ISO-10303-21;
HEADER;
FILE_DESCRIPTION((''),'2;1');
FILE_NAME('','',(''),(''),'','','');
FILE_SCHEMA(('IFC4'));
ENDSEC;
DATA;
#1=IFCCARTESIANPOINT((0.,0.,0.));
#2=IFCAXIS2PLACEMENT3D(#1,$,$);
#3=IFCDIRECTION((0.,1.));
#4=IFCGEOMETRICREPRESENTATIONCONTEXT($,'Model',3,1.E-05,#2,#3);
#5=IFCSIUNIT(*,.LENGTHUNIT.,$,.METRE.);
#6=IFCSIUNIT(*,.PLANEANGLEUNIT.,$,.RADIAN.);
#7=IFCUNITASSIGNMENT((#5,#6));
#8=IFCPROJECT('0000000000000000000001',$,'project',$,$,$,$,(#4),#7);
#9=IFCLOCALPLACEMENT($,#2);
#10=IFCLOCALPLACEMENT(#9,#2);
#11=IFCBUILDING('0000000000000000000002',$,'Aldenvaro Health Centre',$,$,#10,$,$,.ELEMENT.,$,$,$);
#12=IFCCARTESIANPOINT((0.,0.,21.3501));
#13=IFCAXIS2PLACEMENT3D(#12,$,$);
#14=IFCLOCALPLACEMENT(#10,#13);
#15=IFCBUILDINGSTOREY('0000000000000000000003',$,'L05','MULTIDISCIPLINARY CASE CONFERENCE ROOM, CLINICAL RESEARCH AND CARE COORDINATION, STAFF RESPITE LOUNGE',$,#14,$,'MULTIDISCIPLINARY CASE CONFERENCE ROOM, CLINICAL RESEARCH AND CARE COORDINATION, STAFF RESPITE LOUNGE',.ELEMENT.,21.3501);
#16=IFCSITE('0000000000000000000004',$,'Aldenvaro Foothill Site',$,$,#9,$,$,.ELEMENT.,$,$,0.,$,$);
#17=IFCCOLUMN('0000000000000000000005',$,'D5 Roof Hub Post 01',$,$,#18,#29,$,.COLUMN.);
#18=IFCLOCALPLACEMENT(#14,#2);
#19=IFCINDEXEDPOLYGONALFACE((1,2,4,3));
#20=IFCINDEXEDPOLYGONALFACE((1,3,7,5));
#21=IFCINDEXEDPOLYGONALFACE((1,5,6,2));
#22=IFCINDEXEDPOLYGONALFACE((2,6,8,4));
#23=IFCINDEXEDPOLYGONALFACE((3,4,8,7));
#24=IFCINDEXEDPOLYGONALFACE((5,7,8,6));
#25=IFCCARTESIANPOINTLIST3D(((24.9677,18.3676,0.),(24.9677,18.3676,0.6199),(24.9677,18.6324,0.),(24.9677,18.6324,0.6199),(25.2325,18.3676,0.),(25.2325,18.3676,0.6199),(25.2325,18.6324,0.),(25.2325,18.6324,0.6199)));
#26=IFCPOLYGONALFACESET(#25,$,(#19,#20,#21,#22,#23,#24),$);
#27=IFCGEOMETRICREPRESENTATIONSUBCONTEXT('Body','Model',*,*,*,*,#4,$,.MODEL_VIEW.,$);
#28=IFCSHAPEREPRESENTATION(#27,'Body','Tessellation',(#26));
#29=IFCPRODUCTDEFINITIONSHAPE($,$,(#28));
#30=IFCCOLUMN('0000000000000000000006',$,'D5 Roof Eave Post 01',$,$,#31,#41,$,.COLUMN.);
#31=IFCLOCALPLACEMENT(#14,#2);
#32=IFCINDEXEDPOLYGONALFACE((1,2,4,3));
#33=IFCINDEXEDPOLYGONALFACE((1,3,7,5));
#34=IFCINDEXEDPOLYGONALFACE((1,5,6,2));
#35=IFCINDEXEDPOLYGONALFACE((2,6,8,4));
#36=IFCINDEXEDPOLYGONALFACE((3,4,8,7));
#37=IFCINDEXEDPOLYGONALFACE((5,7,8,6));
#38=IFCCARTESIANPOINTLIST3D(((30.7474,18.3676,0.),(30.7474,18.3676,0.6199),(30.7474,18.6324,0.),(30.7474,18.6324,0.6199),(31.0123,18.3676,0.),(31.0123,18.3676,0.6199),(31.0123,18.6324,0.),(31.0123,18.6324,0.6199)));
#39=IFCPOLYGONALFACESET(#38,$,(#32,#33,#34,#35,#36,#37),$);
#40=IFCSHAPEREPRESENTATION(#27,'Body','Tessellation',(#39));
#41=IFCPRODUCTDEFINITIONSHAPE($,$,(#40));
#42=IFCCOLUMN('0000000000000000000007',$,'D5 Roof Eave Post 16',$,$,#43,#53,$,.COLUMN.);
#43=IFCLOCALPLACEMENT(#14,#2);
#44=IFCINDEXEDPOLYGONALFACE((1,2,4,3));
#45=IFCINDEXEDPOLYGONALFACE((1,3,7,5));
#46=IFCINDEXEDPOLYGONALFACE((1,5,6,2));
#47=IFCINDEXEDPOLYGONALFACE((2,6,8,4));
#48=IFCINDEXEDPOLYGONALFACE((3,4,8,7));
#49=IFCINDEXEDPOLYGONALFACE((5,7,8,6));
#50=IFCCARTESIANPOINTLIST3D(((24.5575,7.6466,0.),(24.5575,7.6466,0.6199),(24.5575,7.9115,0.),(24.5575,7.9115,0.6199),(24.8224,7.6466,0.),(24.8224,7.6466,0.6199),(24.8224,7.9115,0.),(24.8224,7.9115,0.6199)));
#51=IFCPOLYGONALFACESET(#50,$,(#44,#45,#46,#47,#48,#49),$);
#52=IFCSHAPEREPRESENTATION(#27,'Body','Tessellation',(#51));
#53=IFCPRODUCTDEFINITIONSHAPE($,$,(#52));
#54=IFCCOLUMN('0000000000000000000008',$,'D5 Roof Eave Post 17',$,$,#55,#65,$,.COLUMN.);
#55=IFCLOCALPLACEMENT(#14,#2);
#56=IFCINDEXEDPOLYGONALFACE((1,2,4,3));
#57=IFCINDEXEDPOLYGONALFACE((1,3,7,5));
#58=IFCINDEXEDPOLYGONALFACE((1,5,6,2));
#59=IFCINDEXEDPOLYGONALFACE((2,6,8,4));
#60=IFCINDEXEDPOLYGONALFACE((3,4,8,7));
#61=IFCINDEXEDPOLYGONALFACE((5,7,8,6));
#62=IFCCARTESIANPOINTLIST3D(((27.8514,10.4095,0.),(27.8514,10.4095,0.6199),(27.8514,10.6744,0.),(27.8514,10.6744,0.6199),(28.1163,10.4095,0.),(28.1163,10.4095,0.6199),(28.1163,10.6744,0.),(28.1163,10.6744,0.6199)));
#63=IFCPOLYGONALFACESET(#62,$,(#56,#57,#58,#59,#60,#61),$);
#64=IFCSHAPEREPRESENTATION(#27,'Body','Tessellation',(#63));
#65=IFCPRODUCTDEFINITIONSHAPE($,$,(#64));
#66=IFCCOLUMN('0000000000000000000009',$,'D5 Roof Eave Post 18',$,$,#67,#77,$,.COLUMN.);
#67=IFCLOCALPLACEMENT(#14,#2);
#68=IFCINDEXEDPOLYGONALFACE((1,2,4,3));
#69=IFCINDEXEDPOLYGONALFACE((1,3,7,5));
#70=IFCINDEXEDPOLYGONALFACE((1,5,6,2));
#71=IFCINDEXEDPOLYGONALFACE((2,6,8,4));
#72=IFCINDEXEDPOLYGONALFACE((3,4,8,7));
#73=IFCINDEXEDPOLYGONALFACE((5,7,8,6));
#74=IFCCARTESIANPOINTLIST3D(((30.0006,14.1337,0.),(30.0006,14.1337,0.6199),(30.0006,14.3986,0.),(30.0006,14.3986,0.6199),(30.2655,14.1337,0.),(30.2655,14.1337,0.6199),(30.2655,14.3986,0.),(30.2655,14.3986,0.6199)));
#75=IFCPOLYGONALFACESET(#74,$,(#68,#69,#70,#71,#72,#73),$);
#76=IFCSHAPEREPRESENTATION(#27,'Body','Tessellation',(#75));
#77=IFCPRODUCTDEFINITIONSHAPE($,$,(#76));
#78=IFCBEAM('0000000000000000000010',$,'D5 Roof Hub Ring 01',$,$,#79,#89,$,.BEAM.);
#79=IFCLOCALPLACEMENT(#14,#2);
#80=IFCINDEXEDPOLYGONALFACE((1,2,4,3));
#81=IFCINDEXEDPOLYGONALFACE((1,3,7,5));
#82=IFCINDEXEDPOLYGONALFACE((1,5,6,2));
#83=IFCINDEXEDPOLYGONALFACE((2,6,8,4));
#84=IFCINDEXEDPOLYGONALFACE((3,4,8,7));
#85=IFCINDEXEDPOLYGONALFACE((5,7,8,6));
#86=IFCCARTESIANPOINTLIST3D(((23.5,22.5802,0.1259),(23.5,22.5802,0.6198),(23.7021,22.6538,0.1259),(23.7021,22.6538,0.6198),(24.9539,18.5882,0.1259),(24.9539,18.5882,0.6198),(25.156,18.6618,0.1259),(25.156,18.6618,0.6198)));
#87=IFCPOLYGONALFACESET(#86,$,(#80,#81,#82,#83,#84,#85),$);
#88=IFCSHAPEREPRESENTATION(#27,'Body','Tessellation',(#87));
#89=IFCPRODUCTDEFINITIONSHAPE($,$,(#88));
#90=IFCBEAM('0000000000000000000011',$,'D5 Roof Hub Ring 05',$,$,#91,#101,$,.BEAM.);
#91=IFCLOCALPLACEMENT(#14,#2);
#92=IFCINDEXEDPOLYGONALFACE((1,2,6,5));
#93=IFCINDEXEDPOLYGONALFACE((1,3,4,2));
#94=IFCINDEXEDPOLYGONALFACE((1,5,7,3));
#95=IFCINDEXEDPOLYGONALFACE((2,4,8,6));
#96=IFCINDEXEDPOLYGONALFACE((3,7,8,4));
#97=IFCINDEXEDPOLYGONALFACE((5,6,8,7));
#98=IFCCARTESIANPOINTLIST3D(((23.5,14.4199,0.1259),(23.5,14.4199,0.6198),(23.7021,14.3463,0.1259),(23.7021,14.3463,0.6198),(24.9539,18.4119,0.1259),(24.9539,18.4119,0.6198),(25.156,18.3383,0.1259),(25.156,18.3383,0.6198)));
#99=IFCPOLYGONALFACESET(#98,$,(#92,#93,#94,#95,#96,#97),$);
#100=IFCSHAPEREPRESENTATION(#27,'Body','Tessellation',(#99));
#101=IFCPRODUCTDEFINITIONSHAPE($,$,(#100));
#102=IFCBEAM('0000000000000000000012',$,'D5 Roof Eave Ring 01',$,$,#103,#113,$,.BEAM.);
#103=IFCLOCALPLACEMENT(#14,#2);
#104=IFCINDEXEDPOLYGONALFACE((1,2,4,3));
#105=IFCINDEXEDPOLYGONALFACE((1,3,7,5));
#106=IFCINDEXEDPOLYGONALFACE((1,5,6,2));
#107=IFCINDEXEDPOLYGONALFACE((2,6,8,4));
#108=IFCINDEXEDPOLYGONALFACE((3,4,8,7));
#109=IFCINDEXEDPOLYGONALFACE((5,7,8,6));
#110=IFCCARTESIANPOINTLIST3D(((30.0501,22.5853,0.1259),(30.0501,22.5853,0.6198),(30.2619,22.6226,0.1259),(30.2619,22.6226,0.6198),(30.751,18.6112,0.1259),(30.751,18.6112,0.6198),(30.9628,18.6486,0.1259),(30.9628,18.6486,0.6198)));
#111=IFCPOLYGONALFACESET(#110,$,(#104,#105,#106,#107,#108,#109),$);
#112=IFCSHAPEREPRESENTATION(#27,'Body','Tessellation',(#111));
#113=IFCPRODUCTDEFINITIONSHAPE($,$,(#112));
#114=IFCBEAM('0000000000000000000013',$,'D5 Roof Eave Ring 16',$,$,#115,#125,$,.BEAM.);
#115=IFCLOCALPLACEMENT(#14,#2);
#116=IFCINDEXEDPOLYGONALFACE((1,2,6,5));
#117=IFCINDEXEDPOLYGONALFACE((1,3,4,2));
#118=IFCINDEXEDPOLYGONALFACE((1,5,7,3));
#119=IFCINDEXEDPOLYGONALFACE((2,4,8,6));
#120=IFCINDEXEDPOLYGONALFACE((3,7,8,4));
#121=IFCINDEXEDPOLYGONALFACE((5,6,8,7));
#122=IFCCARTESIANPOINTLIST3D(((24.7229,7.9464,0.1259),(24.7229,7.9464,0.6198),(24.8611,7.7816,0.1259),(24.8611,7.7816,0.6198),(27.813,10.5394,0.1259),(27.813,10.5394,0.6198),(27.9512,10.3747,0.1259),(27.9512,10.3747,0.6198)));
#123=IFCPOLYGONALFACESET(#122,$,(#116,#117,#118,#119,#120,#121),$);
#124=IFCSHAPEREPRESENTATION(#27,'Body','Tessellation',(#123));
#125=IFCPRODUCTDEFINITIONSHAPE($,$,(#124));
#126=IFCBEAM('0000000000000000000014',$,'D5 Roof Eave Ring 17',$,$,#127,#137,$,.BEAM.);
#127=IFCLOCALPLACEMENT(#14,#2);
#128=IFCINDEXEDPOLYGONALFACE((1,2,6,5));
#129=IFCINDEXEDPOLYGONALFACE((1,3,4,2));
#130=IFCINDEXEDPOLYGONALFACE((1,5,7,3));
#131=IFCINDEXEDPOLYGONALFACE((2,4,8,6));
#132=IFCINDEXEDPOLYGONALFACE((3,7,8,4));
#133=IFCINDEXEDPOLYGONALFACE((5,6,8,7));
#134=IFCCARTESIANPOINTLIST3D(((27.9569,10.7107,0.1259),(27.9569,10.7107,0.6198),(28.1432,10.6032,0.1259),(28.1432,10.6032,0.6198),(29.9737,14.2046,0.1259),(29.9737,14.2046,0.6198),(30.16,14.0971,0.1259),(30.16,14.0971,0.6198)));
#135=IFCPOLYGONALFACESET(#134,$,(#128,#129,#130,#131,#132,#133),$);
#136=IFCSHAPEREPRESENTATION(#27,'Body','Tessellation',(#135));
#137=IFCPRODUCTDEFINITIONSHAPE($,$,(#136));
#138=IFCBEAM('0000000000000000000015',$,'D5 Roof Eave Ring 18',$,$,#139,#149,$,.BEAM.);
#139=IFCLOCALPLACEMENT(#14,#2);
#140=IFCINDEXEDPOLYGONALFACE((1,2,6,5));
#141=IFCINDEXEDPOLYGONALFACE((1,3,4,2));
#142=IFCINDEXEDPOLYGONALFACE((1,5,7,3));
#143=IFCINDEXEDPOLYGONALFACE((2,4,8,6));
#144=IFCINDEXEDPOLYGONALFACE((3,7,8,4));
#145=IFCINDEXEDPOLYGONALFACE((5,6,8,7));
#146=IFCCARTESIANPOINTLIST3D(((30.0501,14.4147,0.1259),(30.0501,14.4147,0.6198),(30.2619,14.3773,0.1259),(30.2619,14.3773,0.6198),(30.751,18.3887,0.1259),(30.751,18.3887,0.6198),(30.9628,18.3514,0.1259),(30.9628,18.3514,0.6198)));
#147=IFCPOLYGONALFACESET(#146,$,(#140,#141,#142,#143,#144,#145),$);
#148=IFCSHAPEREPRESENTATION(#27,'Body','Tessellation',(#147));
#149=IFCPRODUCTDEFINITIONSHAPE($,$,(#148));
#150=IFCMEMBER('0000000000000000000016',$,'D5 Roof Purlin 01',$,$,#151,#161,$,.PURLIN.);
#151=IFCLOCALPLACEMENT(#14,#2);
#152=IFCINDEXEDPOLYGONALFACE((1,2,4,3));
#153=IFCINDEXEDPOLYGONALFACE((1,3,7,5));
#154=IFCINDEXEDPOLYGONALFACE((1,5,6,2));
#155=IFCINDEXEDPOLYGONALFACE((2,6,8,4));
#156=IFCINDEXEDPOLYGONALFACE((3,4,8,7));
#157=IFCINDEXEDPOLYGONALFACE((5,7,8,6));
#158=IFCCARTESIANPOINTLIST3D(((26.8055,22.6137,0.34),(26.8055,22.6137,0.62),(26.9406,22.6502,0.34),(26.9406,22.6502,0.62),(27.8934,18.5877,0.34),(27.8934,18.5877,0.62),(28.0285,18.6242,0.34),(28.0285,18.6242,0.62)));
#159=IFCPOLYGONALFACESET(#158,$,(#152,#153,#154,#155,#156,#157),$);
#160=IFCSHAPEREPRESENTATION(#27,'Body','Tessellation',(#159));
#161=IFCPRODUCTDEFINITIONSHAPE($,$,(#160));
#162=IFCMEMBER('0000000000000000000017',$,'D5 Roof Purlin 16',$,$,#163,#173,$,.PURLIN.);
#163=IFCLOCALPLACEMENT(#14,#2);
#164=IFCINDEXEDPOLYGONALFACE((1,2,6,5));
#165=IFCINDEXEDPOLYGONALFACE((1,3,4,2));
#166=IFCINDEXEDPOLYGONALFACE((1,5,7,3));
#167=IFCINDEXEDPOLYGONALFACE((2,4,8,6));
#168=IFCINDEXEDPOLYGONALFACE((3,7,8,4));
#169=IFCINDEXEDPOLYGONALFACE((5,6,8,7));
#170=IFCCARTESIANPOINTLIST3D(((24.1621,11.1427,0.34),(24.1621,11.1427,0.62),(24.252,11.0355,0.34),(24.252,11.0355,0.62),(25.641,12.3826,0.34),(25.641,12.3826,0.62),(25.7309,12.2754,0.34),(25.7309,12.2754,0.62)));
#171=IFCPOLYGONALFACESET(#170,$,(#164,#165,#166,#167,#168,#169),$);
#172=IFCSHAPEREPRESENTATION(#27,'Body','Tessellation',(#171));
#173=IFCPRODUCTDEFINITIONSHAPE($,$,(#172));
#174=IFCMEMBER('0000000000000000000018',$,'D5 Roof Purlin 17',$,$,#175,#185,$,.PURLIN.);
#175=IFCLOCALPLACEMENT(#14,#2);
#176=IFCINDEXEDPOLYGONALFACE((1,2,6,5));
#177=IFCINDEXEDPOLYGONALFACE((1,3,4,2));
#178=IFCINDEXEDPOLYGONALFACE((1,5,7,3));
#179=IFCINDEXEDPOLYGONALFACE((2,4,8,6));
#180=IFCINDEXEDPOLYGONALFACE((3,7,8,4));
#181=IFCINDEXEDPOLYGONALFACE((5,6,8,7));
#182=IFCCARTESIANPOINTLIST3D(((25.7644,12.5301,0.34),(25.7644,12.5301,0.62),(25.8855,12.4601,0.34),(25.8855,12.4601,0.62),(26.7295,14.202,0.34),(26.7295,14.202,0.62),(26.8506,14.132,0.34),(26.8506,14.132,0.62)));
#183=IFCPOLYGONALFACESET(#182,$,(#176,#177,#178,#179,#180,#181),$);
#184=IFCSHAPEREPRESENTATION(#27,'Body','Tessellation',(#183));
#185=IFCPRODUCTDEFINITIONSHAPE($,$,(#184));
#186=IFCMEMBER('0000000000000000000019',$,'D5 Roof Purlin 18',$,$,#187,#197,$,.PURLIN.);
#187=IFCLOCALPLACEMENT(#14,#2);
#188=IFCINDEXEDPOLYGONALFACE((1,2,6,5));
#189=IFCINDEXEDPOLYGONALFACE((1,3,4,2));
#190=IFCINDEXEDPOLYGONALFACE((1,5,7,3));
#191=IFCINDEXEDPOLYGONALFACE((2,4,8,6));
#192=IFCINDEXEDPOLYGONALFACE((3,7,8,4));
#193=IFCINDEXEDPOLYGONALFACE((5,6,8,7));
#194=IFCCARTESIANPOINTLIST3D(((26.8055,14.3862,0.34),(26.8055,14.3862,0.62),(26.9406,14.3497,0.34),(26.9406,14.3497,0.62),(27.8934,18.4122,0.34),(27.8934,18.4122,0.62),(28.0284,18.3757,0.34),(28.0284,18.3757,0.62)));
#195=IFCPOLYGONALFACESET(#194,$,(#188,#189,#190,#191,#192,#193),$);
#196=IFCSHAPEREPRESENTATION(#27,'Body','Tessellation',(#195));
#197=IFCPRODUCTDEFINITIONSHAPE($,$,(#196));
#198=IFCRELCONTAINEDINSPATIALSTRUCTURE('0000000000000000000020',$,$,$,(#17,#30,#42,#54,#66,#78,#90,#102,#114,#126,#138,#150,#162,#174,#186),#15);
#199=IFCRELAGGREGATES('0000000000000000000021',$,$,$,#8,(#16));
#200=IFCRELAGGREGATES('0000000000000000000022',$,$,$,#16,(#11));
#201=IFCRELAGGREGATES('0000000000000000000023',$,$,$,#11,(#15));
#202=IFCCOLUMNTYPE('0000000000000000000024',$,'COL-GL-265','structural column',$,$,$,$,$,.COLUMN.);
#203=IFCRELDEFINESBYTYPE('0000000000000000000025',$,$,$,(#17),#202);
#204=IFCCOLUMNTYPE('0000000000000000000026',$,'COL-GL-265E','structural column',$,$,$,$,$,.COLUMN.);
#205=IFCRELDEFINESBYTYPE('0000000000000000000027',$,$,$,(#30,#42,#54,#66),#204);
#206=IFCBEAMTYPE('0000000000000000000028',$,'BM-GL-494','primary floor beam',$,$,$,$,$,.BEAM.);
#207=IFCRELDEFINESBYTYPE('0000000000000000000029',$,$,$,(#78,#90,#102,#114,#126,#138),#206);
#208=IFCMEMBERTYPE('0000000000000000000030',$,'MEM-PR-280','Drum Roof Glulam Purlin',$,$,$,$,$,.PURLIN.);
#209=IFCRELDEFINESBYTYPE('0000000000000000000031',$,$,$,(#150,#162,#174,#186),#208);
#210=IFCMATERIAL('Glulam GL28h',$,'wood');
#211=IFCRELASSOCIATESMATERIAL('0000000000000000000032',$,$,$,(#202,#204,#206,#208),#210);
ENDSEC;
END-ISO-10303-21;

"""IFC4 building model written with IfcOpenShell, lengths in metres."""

from ifc_helpers import new_model, si_unit, direction, frame, origin, origin_2d, place, context, subcontext, project, spatial, rectangle, extrude, material, material_profile, profile_set, type_object, element, save


model = new_model("IFC4")

# Units and contexts
model_context = context("Model", 3, precision=1e-05, world=origin(), true_north=direction((0.0, 1.0)))
body_context = subcontext(model_context, "Body", "Model", "MODEL_VIEW")
ifc_project = project(units=[si_unit("LENGTHUNIT", "METRE"), si_unit("PLANEANGLEUNIT", "RADIAN")], contexts=[model_context])

# Site, building, storey
site_placement = place(None, origin())
site = spatial("IfcSite", under=ifc_project, at=site_placement, Name="Aldenvaro Foothill Site", CompositionType="ELEMENT", RefElevation=0.0)
building_placement = place(site_placement, origin())
building = spatial("IfcBuilding", under=site, at=building_placement, Name="Aldenvaro Health Centre", CompositionType="ELEMENT")
storey_placement = place(building_placement, frame((0.0, 0.0, 21.3501)))
storey = spatial("IfcBuildingStorey", under=building, at=storey_placement, Name="L05", Description="MULTIDISCIPLINARY CASE CONFERENCE ROOM, CLINICAL RESEARCH AND CARE COORDINATION, STAFF RESPITE LOUNGE", LongName="MULTIDISCIPLINARY CASE CONFERENCE ROOM, CLINICAL RESEARCH AND CARE COORDINATION, STAFF RESPITE LOUNGE", CompositionType="ELEMENT", Elevation=21.3501)

# Columns
ifc_material_1 = material(Name="Glulam GL28h", Category="wood")
ifc_material_profile_1 = material_profile(ifc_material_1, rectangle(XDim=0.2649, YDim=0.2649, at=origin_2d()), Name="GL 265x265", Category="wood")
ifc_profile_set_1 = profile_set([ifc_material_profile_1], Name="Glulam GL28h")
column_type_1 = type_object("IfcColumnType", Name="COL-GL-265", Description="structural column", PredefinedType="COLUMN", material=ifc_profile_set_1)
column_placement = place(storey_placement, frame((25.1001, 18.5, 0.0), z_axis=(0.0, 0.0, 1.0), x_axis=(1.0, 0.0, 0.0)))
element("IfcColumn", 1, at=column_placement, inside=storey, type_object=column_type_1, Name="D5 Roof Hub Post 01", PredefinedType="COLUMN", context=body_context, shape_type="SweptSolid", body=[
    extrude(rectangle(XDim=0.2649, YDim=0.2649, at=origin_2d()), origin(), (0.0, 0.0, 1.0), 0.6199),
])
ifc_material_profile_2 = material_profile(ifc_material_1, rectangle(XDim=0.2649, YDim=0.2649, at=origin_2d()), Name="GL 265x265", Category="wood")
ifc_profile_set_2 = profile_set([ifc_material_profile_2], Name="Glulam GL28h")
column_type_2 = type_object("IfcColumnType", Name="COL-GL-265E", Description="structural column", PredefinedType="COLUMN", material=ifc_profile_set_2)
for number, where, z_axis, x_axis, name in (
    (2, (30.8799, 18.5, 0.0), (0.0, 0.0, 1.0), (1.0, 0.0, 0.0), "D5 Roof Eave Post 01"),
    (3, (24.6899, 7.7791, 0.0), (0.0, 0.0, 1.0), (1.0, 0.0, 0.0), "D5 Roof Eave Post 16"),
    (4, (27.9839, 10.542, 0.0), (0.0, 0.0, 1.0), (1.0, 0.0, 0.0), "D5 Roof Eave Post 17"),
    (5, (30.1331, 14.2661, 0.0), (0.0, 0.0, 1.0), (1.0, 0.0, 0.0), "D5 Roof Eave Post 18"),
):
    element("IfcColumn", number, at=place(storey_placement, frame(where, z_axis=z_axis, x_axis=x_axis)), inside=storey, type_object=column_type_2, Name=name, PredefinedType="COLUMN", context=body_context, shape_type="SweptSolid", body=[
        extrude(rectangle(XDim=0.2649, YDim=0.2649, at=origin_2d()), origin(), (0.0, 0.0, 1.0), 0.6199),
    ])

# Beams
ifc_material_profile_3 = material_profile(ifc_material_1, rectangle(XDim=0.2151, YDim=0.4939, at=origin_2d()), Name="GL 215x494", Category="wood")
ifc_profile_set_3 = profile_set([ifc_material_profile_3], Name="Glulam GL28h")
beam_type = type_object("IfcBeamType", Name="BM-GL-494", Description="primary floor beam", PredefinedType="BEAM", material=ifc_profile_set_3)
for number, where, z_axis, x_axis, name in (
    (6, (25.0549, 18.625, 0.3728), (-0.342209, 0.939624, 0.0), (-0.939624, -0.342209, 0.0), "D5 Roof Hub Ring 01"),
    (7, (23.6011, 14.3831, 0.3728), (0.342209, 0.939624, 0.0), (-0.939624, 0.342209, 0.0), "D5 Roof Hub Ring 05"),
):
    element("IfcBeam", number, at=place(storey_placement, frame(where, z_axis=z_axis, x_axis=x_axis)), inside=storey, type_object=beam_type, Name=name, PredefinedType="BEAM", context=body_context, shape_type="SweptSolid", body=[
        extrude(rectangle(XDim=0.2151, YDim=0.4939, at=origin_2d()), origin(), (0.0, 0.0, 1.0), 4.2485),
    ])
beam_1_placement = place(storey_placement, frame((30.8569, 18.6299, 0.3728), z_axis=(-0.173692, 0.9848, 0.0), x_axis=(-0.9848, -0.173692, 0.0)))
element("IfcBeam", 8, at=beam_1_placement, inside=storey, type_object=beam_type, Name="D5 Roof Eave Ring 01", PredefinedType="BEAM", context=body_context, shape_type="SweptSolid", body=[
    extrude(rectangle(XDim=0.2151, YDim=0.4939, at=origin_2d()), origin(), (0.0, 0.0, 1.0), 4.0354),
])
beam_2_placement = place(storey_placement, frame((24.792, 7.864, 0.3728), z_axis=(0.766029, 0.642806, 0.0), x_axis=(-0.642806, 0.766029, 0.0)))
element("IfcBeam", 9, at=beam_2_placement, inside=storey, type_object=beam_type, Name="D5 Roof Eave Ring 16", PredefinedType="BEAM", context=body_context, shape_type="SweptSolid", body=[
    extrude(rectangle(XDim=0.2151, YDim=0.4939, at=origin_2d()), origin(), (0.0, 0.0, 1.0), 4.0339),
])
beam_3_placement = place(storey_placement, frame((28.05, 10.657, 0.3728), z_axis=(0.499934, 0.866064, 0.0), x_axis=(-0.866064, 0.499934, 0.0)))
element("IfcBeam", 10, at=beam_3_placement, inside=storey, type_object=beam_type, Name="D5 Roof Eave Ring 17", PredefinedType="BEAM", context=body_context, shape_type="SweptSolid", body=[
    extrude(rectangle(XDim=0.2151, YDim=0.4939, at=origin_2d()), origin(), (0.0, 0.0, 1.0), 4.0342),
])
beam_4_placement = place(storey_placement, frame((30.156, 14.396, 0.3728), z_axis=(0.173692, 0.9848, 0.0), x_axis=(-0.9848, 0.173692, 0.0)))
element("IfcBeam", 11, at=beam_4_placement, inside=storey, type_object=beam_type, Name="D5 Roof Eave Ring 18", PredefinedType="BEAM", context=body_context, shape_type="SweptSolid", body=[
    extrude(rectangle(XDim=0.2151, YDim=0.4939, at=origin_2d()), origin(), (0.0, 0.0, 1.0), 4.0354),
])

# Members
ifc_material_profile_4 = material_profile(ifc_material_1, rectangle(XDim=0.1399, YDim=0.28, at=origin_2d()), Name="GL 140x280", Category="wood")
ifc_profile_set_4 = profile_set([ifc_material_profile_4], Name="Glulam GL28h")
member_type_1 = type_object("IfcMemberType", Name="MEM-PR-280", Description="Drum Roof Glulam Purlin", PredefinedType="PURLIN", material=ifc_profile_set_4)
member_1_placement = place(storey_placement, frame((27.9609, 18.606, 0.48), z_axis=(-0.260853, 0.965379, 0.0), x_axis=(-0.965379, -0.260853, 0.0)))
element("IfcMember", 12, at=member_1_placement, inside=storey, type_object=member_type_1, Name="D5 Roof Purlin 01", PredefinedType="PURLIN", context=body_context, shape_type="SweptSolid", body=[
    extrude(rectangle(XDim=0.1399, YDim=0.28, at=origin_2d()), origin(), (0.0, 0.0, 1.0), 4.1704),
])
member_2_placement = place(storey_placement, frame((24.207, 11.0891, 0.48), z_axis=(0.76631, 0.642471, 0.0), x_axis=(-0.642471, 0.76631, 0.0)))
element("IfcMember", 13, at=member_2_placement, inside=storey, type_object=member_type_1, Name="D5 Roof Purlin 16", PredefinedType="PURLIN", context=body_context, shape_type="SweptSolid", body=[
    extrude(rectangle(XDim=0.1399, YDim=0.28, at=origin_2d()), origin(), (0.0, 0.0, 1.0), 1.9299),
])
member_3_placement = place(storey_placement, frame((25.825, 12.4951, 0.48), z_axis=(0.499934, 0.866063, 0.0), x_axis=(-0.866063, 0.499934, 0.0)))
element("IfcMember", 14, at=member_3_placement, inside=storey, type_object=member_type_1, Name="D5 Roof Purlin 17", PredefinedType="PURLIN", context=body_context, shape_type="SweptSolid", body=[
    extrude(rectangle(XDim=0.1399, YDim=0.28, at=origin_2d()), origin(), (0.0, 0.0, 1.0), 1.9304),
])
member_4_placement = place(storey_placement, frame((26.873, 14.3679, 0.48), z_axis=(0.260853, 0.965379, 0.0), x_axis=(-0.965379, 0.260853, 0.0)))
element("IfcMember", 15, at=member_4_placement, inside=storey, type_object=member_type_1, Name="D5 Roof Purlin 18", PredefinedType="PURLIN", context=body_context, shape_type="SweptSolid", body=[
    extrude(rectangle(XDim=0.1399, YDim=0.28, at=origin_2d()), origin(), (0.0, 0.0, 1.0), 4.1704),
])

save(model, "model.ifc")
